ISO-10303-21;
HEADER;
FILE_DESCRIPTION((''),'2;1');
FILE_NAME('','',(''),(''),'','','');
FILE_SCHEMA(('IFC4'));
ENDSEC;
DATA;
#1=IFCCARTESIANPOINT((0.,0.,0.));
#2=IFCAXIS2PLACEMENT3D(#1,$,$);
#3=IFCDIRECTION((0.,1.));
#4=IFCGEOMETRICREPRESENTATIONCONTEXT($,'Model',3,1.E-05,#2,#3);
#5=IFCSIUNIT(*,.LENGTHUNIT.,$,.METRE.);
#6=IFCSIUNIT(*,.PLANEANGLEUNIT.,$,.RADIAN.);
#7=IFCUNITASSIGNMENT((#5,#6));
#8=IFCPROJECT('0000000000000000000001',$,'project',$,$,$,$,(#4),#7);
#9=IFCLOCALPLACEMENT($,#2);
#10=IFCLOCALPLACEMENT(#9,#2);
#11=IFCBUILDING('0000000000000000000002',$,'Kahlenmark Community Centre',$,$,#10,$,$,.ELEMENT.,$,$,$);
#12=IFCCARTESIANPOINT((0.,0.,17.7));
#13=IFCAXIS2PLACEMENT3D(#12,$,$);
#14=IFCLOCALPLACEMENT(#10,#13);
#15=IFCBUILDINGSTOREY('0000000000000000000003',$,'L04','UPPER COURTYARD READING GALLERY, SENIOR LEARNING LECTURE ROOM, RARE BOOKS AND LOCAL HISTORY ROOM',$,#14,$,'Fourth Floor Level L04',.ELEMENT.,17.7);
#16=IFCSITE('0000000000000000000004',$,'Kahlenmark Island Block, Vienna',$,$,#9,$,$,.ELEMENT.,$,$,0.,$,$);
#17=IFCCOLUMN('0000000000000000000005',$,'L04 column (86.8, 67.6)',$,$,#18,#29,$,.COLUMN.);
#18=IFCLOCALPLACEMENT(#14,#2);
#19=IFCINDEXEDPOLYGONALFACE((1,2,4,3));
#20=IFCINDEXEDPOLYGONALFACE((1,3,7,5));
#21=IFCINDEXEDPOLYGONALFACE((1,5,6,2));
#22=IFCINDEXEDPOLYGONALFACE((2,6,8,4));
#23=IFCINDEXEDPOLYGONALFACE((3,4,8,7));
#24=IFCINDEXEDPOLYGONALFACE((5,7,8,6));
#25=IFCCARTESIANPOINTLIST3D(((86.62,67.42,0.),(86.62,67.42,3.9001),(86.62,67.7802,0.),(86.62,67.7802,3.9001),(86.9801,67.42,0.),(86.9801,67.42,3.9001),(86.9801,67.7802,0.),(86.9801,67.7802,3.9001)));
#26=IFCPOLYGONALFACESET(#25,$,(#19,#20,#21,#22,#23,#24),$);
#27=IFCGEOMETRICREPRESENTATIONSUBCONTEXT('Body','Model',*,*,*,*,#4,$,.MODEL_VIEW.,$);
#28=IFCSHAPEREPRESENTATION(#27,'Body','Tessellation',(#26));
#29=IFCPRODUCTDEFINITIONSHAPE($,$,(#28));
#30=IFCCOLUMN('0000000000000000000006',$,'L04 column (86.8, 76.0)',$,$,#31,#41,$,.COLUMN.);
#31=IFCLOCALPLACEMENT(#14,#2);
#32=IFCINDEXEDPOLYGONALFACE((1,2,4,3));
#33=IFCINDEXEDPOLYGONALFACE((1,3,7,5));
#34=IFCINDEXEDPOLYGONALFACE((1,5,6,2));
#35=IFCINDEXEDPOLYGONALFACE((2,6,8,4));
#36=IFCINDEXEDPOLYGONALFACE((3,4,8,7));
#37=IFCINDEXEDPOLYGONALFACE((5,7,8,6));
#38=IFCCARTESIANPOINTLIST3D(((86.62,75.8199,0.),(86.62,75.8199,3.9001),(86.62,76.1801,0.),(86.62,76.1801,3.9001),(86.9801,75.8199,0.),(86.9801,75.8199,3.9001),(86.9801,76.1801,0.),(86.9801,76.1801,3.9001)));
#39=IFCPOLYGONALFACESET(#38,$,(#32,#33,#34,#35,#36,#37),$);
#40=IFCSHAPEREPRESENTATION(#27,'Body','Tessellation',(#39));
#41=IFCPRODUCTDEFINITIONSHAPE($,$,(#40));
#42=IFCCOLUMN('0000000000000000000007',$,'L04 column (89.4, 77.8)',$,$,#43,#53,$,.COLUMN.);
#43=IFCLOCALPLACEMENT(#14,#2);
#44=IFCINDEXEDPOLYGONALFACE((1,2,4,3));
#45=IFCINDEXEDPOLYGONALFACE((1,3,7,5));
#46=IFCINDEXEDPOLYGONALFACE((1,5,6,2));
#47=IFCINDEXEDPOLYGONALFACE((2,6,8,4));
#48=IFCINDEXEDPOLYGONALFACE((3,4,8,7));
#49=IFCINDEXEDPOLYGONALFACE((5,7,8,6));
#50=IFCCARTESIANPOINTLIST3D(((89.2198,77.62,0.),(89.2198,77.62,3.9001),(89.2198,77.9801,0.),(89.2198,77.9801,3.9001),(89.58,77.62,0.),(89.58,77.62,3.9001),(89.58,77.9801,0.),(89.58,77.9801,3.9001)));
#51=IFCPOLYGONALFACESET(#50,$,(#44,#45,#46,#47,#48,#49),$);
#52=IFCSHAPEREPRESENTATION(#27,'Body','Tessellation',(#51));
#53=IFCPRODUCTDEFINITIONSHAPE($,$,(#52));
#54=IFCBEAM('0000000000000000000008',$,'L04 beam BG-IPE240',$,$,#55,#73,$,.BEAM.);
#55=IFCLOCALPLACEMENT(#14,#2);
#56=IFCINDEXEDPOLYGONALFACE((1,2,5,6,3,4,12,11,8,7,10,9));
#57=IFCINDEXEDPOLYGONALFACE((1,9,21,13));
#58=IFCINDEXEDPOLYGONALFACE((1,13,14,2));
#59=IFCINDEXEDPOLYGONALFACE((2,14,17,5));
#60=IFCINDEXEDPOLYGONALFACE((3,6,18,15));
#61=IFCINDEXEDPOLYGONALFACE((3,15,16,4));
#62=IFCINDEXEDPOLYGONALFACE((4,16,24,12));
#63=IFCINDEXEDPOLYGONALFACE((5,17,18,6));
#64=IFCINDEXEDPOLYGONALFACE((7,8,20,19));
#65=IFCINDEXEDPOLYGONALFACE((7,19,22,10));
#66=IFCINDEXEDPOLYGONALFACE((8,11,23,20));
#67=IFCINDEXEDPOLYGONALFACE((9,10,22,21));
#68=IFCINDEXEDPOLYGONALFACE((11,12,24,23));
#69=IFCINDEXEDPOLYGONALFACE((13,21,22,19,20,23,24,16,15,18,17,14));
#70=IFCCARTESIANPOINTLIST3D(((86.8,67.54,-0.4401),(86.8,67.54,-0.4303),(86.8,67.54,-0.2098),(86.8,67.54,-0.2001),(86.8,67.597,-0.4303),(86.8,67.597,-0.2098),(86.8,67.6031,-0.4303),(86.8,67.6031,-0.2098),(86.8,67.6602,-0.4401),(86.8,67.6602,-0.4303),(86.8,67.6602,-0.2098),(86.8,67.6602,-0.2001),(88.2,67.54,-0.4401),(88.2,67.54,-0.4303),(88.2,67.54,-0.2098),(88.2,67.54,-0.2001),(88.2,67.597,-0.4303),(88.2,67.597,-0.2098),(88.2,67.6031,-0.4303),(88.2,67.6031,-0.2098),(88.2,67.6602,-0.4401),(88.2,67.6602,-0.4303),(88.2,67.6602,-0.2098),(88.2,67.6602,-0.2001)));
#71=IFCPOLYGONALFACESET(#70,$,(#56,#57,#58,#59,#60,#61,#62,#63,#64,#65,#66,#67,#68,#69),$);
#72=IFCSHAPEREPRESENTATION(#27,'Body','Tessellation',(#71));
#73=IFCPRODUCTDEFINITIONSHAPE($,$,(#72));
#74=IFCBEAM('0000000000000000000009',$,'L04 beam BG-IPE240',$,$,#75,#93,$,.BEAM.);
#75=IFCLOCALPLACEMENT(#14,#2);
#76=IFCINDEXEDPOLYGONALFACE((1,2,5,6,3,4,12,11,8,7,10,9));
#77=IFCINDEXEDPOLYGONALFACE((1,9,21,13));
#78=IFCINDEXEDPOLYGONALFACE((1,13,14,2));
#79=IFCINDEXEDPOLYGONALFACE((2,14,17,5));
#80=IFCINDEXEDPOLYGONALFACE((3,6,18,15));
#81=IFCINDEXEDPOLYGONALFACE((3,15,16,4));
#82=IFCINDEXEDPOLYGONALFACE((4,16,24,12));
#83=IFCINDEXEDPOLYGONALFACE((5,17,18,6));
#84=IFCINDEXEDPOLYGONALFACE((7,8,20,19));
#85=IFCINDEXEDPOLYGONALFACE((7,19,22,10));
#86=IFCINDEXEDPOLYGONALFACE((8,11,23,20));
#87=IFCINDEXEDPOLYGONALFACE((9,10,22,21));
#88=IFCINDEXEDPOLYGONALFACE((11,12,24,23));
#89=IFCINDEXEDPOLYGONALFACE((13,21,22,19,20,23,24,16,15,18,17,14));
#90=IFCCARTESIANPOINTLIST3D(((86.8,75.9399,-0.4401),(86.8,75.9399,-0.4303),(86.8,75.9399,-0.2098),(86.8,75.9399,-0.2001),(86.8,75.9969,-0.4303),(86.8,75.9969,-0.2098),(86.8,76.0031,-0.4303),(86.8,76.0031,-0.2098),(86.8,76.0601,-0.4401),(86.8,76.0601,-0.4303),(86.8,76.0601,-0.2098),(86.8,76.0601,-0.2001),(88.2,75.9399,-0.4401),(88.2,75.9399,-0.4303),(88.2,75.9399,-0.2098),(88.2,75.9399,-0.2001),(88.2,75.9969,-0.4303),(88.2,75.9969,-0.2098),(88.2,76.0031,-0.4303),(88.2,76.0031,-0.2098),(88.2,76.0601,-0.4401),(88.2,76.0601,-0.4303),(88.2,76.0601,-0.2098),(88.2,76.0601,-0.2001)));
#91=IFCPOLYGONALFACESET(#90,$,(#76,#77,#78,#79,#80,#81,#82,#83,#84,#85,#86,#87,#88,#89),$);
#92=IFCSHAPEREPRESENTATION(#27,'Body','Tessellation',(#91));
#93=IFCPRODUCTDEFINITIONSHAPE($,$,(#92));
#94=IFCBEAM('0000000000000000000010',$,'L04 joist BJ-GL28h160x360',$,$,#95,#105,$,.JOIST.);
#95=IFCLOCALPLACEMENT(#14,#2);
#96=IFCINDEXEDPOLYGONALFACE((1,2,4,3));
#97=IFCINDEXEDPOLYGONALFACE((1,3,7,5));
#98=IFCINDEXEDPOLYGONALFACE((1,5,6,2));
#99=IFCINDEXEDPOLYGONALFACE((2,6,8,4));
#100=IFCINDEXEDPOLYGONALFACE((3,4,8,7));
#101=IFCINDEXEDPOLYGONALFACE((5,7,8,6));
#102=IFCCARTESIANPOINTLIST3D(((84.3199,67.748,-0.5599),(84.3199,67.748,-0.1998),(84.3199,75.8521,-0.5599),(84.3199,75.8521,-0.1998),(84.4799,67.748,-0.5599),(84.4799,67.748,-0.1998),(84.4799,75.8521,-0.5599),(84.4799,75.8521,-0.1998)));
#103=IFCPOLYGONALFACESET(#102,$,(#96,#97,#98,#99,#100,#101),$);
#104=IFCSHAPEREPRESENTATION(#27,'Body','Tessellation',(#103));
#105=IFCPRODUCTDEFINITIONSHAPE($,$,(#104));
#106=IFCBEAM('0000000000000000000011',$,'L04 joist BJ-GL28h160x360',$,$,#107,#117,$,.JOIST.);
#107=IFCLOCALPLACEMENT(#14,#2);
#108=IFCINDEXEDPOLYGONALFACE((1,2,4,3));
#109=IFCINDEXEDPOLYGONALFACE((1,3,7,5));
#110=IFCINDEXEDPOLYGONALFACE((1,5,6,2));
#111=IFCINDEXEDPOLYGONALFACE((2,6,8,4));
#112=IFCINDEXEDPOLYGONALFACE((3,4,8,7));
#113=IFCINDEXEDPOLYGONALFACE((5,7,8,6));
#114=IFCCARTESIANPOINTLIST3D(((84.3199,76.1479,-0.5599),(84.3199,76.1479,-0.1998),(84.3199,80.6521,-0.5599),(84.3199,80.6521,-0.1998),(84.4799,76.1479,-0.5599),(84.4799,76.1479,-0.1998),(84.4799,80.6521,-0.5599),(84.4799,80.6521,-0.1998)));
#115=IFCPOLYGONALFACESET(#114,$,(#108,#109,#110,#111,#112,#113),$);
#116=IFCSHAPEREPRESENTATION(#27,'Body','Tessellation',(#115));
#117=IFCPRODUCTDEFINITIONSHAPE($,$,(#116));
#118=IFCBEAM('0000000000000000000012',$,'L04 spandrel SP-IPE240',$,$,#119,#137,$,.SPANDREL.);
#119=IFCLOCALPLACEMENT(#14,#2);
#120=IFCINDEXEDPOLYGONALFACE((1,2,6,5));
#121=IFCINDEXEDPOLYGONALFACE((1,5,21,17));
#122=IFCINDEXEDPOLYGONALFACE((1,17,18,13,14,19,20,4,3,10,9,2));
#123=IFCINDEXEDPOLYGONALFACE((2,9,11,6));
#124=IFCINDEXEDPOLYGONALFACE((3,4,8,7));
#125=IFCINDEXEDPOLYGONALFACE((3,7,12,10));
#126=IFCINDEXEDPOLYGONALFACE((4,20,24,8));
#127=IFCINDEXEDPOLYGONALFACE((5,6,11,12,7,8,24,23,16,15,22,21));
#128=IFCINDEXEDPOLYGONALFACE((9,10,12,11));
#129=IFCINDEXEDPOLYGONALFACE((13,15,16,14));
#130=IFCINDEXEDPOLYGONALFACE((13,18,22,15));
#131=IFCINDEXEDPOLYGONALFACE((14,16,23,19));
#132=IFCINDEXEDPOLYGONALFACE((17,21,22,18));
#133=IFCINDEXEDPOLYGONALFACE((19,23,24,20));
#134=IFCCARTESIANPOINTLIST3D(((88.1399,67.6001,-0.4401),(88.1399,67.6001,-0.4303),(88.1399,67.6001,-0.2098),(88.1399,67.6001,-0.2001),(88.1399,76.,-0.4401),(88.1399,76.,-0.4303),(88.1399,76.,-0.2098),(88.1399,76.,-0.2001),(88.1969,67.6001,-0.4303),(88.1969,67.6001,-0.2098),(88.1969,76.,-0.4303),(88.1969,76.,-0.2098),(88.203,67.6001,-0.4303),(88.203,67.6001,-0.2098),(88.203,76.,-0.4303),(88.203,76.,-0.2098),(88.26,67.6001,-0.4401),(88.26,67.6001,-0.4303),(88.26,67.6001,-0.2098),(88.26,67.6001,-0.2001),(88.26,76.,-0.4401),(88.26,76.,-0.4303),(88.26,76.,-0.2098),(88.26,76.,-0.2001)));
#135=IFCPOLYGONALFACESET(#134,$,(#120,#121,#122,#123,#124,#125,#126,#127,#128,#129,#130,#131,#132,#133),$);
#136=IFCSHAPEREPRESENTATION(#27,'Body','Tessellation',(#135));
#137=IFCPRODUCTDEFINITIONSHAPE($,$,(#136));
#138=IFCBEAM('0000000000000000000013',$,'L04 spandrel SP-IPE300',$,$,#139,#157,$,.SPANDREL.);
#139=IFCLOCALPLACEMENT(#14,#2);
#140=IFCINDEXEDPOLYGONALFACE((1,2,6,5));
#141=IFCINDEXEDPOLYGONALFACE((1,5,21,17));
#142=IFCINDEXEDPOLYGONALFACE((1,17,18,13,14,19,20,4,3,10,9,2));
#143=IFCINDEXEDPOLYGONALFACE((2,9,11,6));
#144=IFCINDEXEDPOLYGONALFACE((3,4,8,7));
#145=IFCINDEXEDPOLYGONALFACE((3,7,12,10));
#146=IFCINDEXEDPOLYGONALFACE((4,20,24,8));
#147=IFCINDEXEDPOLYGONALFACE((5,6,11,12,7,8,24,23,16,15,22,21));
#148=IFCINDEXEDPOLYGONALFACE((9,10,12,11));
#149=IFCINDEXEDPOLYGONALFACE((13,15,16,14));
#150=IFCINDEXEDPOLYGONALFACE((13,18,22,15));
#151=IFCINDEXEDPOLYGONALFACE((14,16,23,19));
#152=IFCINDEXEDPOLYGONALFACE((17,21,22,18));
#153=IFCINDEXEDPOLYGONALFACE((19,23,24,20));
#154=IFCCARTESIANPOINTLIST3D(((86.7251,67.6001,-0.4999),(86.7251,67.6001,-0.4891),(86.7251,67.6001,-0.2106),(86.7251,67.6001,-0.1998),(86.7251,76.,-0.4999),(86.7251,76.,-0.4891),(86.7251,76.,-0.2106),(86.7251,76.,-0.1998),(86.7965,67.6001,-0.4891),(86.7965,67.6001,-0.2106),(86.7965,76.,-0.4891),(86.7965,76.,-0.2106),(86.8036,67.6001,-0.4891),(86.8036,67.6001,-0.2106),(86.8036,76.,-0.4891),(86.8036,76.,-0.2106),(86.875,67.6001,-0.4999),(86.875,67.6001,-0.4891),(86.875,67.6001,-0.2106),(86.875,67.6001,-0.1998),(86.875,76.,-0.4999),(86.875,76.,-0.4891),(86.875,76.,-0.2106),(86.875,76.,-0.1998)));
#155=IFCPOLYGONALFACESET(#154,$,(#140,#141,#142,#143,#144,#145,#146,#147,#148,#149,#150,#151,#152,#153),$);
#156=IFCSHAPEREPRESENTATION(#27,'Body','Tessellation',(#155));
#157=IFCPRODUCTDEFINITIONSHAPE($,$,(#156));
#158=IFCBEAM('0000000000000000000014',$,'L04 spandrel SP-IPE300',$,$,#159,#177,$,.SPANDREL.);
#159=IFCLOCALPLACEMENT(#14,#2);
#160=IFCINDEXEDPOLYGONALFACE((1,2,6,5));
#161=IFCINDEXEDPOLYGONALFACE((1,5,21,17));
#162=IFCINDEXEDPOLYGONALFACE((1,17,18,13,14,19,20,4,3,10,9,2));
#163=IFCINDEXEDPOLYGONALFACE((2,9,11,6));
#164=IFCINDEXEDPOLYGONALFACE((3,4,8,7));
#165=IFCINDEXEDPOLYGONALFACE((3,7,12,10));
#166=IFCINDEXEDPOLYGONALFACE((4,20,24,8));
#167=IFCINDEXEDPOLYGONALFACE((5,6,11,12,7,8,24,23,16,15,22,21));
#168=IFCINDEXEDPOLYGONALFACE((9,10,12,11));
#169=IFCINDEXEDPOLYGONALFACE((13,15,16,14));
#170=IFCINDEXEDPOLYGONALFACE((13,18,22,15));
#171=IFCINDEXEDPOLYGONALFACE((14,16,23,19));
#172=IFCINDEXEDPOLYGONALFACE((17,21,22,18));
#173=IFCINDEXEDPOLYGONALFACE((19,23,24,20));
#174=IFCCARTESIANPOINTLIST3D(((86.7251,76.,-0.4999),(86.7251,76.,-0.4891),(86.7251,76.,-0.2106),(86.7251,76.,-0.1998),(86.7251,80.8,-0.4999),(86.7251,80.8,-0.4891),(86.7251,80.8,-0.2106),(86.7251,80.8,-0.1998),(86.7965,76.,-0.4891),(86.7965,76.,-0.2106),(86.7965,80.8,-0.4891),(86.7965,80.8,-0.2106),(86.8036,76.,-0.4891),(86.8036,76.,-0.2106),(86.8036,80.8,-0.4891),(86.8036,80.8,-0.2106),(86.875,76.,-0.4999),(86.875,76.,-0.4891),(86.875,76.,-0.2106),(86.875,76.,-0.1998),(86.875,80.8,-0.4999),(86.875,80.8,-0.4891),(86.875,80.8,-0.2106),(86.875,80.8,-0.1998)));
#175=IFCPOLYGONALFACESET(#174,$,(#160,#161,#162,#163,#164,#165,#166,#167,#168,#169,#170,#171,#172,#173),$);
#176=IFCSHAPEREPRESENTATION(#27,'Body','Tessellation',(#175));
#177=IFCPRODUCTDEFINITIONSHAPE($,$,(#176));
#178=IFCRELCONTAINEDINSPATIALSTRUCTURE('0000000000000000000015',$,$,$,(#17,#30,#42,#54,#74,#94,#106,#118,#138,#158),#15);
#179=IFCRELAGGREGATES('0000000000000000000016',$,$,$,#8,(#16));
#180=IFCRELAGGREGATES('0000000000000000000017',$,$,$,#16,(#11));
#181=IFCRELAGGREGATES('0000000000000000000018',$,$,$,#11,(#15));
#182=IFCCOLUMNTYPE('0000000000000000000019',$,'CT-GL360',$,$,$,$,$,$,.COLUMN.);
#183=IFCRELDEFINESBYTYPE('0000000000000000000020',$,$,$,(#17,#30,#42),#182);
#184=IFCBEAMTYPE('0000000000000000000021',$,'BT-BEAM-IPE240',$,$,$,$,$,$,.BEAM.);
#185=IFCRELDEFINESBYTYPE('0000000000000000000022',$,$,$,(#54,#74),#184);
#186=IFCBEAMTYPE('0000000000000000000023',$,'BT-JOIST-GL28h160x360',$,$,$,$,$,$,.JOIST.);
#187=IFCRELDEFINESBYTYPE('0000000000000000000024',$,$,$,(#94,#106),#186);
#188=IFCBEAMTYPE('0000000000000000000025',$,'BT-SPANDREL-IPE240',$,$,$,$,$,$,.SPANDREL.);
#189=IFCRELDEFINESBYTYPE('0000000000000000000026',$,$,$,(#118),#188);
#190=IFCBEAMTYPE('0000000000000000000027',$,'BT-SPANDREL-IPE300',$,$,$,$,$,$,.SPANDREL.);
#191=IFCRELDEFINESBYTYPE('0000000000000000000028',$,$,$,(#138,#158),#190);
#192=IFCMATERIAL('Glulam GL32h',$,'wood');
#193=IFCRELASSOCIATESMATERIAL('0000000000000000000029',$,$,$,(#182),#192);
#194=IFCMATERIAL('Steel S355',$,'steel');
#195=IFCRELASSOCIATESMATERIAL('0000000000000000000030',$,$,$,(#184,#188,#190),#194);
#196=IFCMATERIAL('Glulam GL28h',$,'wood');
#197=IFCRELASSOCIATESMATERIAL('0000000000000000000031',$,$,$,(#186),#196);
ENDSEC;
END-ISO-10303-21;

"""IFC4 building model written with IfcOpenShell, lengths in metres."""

from ifc_helpers import new_model, si_unit, direction, frame, origin, origin_2d, place, context, subcontext, project, spatial, rectangle, i_section, extrude, material, material_profile, profile_set, type_object, element, save


model = new_model("IFC4")

# Units and contexts
model_context = context("Model", 3, precision=1e-05, world=origin(), true_north=direction((0.0, 1.0)))
body_context = subcontext(model_context, "Body", "Model", "MODEL_VIEW")
ifc_project = project(units=[si_unit("LENGTHUNIT", "METRE"), si_unit("PLANEANGLEUNIT", "RADIAN")], contexts=[model_context])

# Site, building, storey
site_placement = place(None, origin())
site = spatial("IfcSite", under=ifc_project, at=site_placement, Name="Kahlenmark Island Block, Vienna", CompositionType="ELEMENT", RefElevation=0.0)
building_placement = place(site_placement, origin())
building = spatial("IfcBuilding", under=site, at=building_placement, Name="Kahlenmark Community Centre", CompositionType="ELEMENT")
storey_placement = place(building_placement, frame((0.0, 0.0, 17.7)))
storey = spatial("IfcBuildingStorey", under=building, at=storey_placement, Name="L04", Description="UPPER COURTYARD READING GALLERY, SENIOR LEARNING LECTURE ROOM, RARE BOOKS AND LOCAL HISTORY ROOM", LongName="Fourth Floor Level L04", CompositionType="ELEMENT", Elevation=17.7)

# Columns
ifc_material_1 = material(Name="Glulam GL32h", Category="wood")
ifc_material_profile_1 = material_profile(ifc_material_1, rectangle(XDim=0.3601, YDim=0.3601, at=origin_2d()), Name="GL32h 360x360")
ifc_profile_set_1 = profile_set([ifc_material_profile_1], Name="Glulam GL32h")
column_type = type_object("IfcColumnType", Name="CT-GL360", PredefinedType="COLUMN", material=ifc_profile_set_1)
for number, where, z_axis, x_axis, name in (
    (1, (86.8, 67.6001, 0.0), (0.0, 0.0, 1.0), (1.0, 0.0, 0.0), "L04 column (86.8, 67.6)"),
    (2, (86.8, 76.0, 0.0), (0.0, 0.0, 1.0), (1.0, 0.0, 0.0), "L04 column (86.8, 76.0)"),
    (3, (89.3999, 77.8, 0.0), (0.0, 0.0, 1.0), (1.0, 0.0, 0.0), "L04 column (89.4, 77.8)"),
):
    element("IfcColumn", number, at=place(storey_placement, frame(where, z_axis=z_axis, x_axis=x_axis)), inside=storey, type_object=column_type, Name=name, PredefinedType="COLUMN", context=body_context, shape_type="SweptSolid", body=[
        extrude(rectangle(XDim=0.3601, YDim=0.3601, at=origin_2d()), origin(), (0.0, 0.0, 1.0), 3.9001),
    ])

# Beams
ifc_material_2 = material(Name="Steel S355", Category="steel")
ifc_material_profile_2 = material_profile(ifc_material_2, i_section(OverallWidth=0.1201, OverallDepth=0.24, WebThickness=0.0061, FlangeThickness=0.0098, at=origin_2d()), Name="IPE 240")
ifc_profile_set_2 = profile_set([ifc_material_profile_2], Name="Steel S355")
beam_type_1 = type_object("IfcBeamType", Name="BT-BEAM-IPE240", PredefinedType="BEAM", material=ifc_profile_set_2)
for number, where, z_axis, x_axis, name in (
    (4, (86.8, 67.6001, -0.3201), (1.0, 0.0, 0.0), (0.0, 1.0, 0.0), "L04 beam BG-IPE240"),
    (5, (86.8, 76.0, -0.3201), (1.0, 0.0, 0.0), (0.0, 1.0, 0.0), "L04 beam BG-IPE240"),
):
    element("IfcBeam", number, at=place(storey_placement, frame(where, z_axis=z_axis, x_axis=x_axis)), inside=storey, type_object=beam_type_1, Name=name, PredefinedType="BEAM", context=body_context, shape_type="SweptSolid", body=[
        extrude(i_section(OverallWidth=0.1201, OverallDepth=0.24, WebThickness=0.0061, FlangeThickness=0.0098, at=origin_2d()), origin(), (0.0, 0.0, 1.0), 1.3999),
    ])
ifc_material_3 = material(Name="Glulam GL28h", Category="wood")
ifc_material_profile_3 = material_profile(ifc_material_3, rectangle(XDim=0.1599, YDim=0.3601, at=origin_2d()), Name="GL28h 160x360")
ifc_profile_set_3 = profile_set([ifc_material_profile_3], Name="Glulam GL28h")
beam_type_2 = type_object("IfcBeamType", Name="BT-JOIST-GL28h160x360", PredefinedType="JOIST", material=ifc_profile_set_3)
beam_1_placement = place(storey_placement, frame((84.3999, 67.748, -0.3799), z_axis=(0.0, 1.0, 0.0), x_axis=(-1.0, 0.0, 0.0)))
element("IfcBeam", 6, at=beam_1_placement, inside=storey, type_object=beam_type_2, Name="L04 joist BJ-GL28h160x360", PredefinedType="JOIST", context=body_context, shape_type="SweptSolid", body=[
    extrude(rectangle(XDim=0.1599, YDim=0.3601, at=origin_2d()), origin(), (0.0, 0.0, 1.0), 8.104),
])
beam_2_placement = place(storey_placement, frame((84.3999, 76.1479, -0.3799), z_axis=(0.0, 1.0, 0.0), x_axis=(-1.0, 0.0, 0.0)))
element("IfcBeam", 7, at=beam_2_placement, inside=storey, type_object=beam_type_2, Name="L04 joist BJ-GL28h160x360", PredefinedType="JOIST", context=body_context, shape_type="SweptSolid", body=[
    extrude(rectangle(XDim=0.1599, YDim=0.3601, at=origin_2d()), origin(), (0.0, 0.0, 1.0), 4.5042),
])
ifc_material_profile_4 = material_profile(ifc_material_2, i_section(OverallWidth=0.1201, OverallDepth=0.24, WebThickness=0.0061, FlangeThickness=0.0098, at=origin_2d()), Name="IPE 240")
ifc_profile_set_4 = profile_set([ifc_material_profile_4], Name="Steel S355")
beam_type_3 = type_object("IfcBeamType", Name="BT-SPANDREL-IPE240", PredefinedType="SPANDREL", material=ifc_profile_set_4)
beam_3_placement = place(storey_placement, frame((88.2, 67.6001, -0.3201), z_axis=(0.0, 1.0, 0.0), x_axis=(-1.0, 0.0, 0.0)))
element("IfcBeam", 8, at=beam_3_placement, inside=storey, type_object=beam_type_3, Name="L04 spandrel SP-IPE240", PredefinedType="SPANDREL", context=body_context, shape_type="SweptSolid", body=[
    extrude(i_section(OverallWidth=0.1201, OverallDepth=0.24, WebThickness=0.0061, FlangeThickness=0.0098, at=origin_2d()), origin(), (0.0, 0.0, 1.0), 8.3999),
])
ifc_material_profile_5 = material_profile(ifc_material_2, i_section(OverallWidth=0.1499, OverallDepth=0.3, WebThickness=0.0071, FlangeThickness=0.0107, at=origin_2d()), Name="IPE 300")
ifc_profile_set_5 = profile_set([ifc_material_profile_5], Name="Steel S355")
beam_type_4 = type_object("IfcBeamType", Name="BT-SPANDREL-IPE300", PredefinedType="SPANDREL", material=ifc_profile_set_5)
beam_4_placement = place(storey_placement, frame((86.8, 67.6001, -0.3499), z_axis=(0.0, 1.0, 0.0), x_axis=(-1.0, 0.0, 0.0)))
element("IfcBeam", 9, at=beam_4_placement, inside=storey, type_object=beam_type_4, Name="L04 spandrel SP-IPE300", PredefinedType="SPANDREL", context=body_context, shape_type="SweptSolid", body=[
    extrude(i_section(OverallWidth=0.1499, OverallDepth=0.3, WebThickness=0.0071, FlangeThickness=0.0107, at=origin_2d()), origin(), (0.0, 0.0, 1.0), 8.3999),
])
beam_5_placement = place(storey_placement, frame((86.8, 76.0, -0.3499), z_axis=(0.0, 1.0, 0.0), x_axis=(-1.0, 0.0, 0.0)))
element("IfcBeam", 10, at=beam_5_placement, inside=storey, type_object=beam_type_4, Name="L04 spandrel SP-IPE300", PredefinedType="SPANDREL", context=body_context, shape_type="SweptSolid", body=[
    extrude(i_section(OverallWidth=0.1499, OverallDepth=0.3, WebThickness=0.0071, FlangeThickness=0.0107, at=origin_2d()), origin(), (0.0, 0.0, 1.0), 4.8),
])

save(model, "model.ifc")
